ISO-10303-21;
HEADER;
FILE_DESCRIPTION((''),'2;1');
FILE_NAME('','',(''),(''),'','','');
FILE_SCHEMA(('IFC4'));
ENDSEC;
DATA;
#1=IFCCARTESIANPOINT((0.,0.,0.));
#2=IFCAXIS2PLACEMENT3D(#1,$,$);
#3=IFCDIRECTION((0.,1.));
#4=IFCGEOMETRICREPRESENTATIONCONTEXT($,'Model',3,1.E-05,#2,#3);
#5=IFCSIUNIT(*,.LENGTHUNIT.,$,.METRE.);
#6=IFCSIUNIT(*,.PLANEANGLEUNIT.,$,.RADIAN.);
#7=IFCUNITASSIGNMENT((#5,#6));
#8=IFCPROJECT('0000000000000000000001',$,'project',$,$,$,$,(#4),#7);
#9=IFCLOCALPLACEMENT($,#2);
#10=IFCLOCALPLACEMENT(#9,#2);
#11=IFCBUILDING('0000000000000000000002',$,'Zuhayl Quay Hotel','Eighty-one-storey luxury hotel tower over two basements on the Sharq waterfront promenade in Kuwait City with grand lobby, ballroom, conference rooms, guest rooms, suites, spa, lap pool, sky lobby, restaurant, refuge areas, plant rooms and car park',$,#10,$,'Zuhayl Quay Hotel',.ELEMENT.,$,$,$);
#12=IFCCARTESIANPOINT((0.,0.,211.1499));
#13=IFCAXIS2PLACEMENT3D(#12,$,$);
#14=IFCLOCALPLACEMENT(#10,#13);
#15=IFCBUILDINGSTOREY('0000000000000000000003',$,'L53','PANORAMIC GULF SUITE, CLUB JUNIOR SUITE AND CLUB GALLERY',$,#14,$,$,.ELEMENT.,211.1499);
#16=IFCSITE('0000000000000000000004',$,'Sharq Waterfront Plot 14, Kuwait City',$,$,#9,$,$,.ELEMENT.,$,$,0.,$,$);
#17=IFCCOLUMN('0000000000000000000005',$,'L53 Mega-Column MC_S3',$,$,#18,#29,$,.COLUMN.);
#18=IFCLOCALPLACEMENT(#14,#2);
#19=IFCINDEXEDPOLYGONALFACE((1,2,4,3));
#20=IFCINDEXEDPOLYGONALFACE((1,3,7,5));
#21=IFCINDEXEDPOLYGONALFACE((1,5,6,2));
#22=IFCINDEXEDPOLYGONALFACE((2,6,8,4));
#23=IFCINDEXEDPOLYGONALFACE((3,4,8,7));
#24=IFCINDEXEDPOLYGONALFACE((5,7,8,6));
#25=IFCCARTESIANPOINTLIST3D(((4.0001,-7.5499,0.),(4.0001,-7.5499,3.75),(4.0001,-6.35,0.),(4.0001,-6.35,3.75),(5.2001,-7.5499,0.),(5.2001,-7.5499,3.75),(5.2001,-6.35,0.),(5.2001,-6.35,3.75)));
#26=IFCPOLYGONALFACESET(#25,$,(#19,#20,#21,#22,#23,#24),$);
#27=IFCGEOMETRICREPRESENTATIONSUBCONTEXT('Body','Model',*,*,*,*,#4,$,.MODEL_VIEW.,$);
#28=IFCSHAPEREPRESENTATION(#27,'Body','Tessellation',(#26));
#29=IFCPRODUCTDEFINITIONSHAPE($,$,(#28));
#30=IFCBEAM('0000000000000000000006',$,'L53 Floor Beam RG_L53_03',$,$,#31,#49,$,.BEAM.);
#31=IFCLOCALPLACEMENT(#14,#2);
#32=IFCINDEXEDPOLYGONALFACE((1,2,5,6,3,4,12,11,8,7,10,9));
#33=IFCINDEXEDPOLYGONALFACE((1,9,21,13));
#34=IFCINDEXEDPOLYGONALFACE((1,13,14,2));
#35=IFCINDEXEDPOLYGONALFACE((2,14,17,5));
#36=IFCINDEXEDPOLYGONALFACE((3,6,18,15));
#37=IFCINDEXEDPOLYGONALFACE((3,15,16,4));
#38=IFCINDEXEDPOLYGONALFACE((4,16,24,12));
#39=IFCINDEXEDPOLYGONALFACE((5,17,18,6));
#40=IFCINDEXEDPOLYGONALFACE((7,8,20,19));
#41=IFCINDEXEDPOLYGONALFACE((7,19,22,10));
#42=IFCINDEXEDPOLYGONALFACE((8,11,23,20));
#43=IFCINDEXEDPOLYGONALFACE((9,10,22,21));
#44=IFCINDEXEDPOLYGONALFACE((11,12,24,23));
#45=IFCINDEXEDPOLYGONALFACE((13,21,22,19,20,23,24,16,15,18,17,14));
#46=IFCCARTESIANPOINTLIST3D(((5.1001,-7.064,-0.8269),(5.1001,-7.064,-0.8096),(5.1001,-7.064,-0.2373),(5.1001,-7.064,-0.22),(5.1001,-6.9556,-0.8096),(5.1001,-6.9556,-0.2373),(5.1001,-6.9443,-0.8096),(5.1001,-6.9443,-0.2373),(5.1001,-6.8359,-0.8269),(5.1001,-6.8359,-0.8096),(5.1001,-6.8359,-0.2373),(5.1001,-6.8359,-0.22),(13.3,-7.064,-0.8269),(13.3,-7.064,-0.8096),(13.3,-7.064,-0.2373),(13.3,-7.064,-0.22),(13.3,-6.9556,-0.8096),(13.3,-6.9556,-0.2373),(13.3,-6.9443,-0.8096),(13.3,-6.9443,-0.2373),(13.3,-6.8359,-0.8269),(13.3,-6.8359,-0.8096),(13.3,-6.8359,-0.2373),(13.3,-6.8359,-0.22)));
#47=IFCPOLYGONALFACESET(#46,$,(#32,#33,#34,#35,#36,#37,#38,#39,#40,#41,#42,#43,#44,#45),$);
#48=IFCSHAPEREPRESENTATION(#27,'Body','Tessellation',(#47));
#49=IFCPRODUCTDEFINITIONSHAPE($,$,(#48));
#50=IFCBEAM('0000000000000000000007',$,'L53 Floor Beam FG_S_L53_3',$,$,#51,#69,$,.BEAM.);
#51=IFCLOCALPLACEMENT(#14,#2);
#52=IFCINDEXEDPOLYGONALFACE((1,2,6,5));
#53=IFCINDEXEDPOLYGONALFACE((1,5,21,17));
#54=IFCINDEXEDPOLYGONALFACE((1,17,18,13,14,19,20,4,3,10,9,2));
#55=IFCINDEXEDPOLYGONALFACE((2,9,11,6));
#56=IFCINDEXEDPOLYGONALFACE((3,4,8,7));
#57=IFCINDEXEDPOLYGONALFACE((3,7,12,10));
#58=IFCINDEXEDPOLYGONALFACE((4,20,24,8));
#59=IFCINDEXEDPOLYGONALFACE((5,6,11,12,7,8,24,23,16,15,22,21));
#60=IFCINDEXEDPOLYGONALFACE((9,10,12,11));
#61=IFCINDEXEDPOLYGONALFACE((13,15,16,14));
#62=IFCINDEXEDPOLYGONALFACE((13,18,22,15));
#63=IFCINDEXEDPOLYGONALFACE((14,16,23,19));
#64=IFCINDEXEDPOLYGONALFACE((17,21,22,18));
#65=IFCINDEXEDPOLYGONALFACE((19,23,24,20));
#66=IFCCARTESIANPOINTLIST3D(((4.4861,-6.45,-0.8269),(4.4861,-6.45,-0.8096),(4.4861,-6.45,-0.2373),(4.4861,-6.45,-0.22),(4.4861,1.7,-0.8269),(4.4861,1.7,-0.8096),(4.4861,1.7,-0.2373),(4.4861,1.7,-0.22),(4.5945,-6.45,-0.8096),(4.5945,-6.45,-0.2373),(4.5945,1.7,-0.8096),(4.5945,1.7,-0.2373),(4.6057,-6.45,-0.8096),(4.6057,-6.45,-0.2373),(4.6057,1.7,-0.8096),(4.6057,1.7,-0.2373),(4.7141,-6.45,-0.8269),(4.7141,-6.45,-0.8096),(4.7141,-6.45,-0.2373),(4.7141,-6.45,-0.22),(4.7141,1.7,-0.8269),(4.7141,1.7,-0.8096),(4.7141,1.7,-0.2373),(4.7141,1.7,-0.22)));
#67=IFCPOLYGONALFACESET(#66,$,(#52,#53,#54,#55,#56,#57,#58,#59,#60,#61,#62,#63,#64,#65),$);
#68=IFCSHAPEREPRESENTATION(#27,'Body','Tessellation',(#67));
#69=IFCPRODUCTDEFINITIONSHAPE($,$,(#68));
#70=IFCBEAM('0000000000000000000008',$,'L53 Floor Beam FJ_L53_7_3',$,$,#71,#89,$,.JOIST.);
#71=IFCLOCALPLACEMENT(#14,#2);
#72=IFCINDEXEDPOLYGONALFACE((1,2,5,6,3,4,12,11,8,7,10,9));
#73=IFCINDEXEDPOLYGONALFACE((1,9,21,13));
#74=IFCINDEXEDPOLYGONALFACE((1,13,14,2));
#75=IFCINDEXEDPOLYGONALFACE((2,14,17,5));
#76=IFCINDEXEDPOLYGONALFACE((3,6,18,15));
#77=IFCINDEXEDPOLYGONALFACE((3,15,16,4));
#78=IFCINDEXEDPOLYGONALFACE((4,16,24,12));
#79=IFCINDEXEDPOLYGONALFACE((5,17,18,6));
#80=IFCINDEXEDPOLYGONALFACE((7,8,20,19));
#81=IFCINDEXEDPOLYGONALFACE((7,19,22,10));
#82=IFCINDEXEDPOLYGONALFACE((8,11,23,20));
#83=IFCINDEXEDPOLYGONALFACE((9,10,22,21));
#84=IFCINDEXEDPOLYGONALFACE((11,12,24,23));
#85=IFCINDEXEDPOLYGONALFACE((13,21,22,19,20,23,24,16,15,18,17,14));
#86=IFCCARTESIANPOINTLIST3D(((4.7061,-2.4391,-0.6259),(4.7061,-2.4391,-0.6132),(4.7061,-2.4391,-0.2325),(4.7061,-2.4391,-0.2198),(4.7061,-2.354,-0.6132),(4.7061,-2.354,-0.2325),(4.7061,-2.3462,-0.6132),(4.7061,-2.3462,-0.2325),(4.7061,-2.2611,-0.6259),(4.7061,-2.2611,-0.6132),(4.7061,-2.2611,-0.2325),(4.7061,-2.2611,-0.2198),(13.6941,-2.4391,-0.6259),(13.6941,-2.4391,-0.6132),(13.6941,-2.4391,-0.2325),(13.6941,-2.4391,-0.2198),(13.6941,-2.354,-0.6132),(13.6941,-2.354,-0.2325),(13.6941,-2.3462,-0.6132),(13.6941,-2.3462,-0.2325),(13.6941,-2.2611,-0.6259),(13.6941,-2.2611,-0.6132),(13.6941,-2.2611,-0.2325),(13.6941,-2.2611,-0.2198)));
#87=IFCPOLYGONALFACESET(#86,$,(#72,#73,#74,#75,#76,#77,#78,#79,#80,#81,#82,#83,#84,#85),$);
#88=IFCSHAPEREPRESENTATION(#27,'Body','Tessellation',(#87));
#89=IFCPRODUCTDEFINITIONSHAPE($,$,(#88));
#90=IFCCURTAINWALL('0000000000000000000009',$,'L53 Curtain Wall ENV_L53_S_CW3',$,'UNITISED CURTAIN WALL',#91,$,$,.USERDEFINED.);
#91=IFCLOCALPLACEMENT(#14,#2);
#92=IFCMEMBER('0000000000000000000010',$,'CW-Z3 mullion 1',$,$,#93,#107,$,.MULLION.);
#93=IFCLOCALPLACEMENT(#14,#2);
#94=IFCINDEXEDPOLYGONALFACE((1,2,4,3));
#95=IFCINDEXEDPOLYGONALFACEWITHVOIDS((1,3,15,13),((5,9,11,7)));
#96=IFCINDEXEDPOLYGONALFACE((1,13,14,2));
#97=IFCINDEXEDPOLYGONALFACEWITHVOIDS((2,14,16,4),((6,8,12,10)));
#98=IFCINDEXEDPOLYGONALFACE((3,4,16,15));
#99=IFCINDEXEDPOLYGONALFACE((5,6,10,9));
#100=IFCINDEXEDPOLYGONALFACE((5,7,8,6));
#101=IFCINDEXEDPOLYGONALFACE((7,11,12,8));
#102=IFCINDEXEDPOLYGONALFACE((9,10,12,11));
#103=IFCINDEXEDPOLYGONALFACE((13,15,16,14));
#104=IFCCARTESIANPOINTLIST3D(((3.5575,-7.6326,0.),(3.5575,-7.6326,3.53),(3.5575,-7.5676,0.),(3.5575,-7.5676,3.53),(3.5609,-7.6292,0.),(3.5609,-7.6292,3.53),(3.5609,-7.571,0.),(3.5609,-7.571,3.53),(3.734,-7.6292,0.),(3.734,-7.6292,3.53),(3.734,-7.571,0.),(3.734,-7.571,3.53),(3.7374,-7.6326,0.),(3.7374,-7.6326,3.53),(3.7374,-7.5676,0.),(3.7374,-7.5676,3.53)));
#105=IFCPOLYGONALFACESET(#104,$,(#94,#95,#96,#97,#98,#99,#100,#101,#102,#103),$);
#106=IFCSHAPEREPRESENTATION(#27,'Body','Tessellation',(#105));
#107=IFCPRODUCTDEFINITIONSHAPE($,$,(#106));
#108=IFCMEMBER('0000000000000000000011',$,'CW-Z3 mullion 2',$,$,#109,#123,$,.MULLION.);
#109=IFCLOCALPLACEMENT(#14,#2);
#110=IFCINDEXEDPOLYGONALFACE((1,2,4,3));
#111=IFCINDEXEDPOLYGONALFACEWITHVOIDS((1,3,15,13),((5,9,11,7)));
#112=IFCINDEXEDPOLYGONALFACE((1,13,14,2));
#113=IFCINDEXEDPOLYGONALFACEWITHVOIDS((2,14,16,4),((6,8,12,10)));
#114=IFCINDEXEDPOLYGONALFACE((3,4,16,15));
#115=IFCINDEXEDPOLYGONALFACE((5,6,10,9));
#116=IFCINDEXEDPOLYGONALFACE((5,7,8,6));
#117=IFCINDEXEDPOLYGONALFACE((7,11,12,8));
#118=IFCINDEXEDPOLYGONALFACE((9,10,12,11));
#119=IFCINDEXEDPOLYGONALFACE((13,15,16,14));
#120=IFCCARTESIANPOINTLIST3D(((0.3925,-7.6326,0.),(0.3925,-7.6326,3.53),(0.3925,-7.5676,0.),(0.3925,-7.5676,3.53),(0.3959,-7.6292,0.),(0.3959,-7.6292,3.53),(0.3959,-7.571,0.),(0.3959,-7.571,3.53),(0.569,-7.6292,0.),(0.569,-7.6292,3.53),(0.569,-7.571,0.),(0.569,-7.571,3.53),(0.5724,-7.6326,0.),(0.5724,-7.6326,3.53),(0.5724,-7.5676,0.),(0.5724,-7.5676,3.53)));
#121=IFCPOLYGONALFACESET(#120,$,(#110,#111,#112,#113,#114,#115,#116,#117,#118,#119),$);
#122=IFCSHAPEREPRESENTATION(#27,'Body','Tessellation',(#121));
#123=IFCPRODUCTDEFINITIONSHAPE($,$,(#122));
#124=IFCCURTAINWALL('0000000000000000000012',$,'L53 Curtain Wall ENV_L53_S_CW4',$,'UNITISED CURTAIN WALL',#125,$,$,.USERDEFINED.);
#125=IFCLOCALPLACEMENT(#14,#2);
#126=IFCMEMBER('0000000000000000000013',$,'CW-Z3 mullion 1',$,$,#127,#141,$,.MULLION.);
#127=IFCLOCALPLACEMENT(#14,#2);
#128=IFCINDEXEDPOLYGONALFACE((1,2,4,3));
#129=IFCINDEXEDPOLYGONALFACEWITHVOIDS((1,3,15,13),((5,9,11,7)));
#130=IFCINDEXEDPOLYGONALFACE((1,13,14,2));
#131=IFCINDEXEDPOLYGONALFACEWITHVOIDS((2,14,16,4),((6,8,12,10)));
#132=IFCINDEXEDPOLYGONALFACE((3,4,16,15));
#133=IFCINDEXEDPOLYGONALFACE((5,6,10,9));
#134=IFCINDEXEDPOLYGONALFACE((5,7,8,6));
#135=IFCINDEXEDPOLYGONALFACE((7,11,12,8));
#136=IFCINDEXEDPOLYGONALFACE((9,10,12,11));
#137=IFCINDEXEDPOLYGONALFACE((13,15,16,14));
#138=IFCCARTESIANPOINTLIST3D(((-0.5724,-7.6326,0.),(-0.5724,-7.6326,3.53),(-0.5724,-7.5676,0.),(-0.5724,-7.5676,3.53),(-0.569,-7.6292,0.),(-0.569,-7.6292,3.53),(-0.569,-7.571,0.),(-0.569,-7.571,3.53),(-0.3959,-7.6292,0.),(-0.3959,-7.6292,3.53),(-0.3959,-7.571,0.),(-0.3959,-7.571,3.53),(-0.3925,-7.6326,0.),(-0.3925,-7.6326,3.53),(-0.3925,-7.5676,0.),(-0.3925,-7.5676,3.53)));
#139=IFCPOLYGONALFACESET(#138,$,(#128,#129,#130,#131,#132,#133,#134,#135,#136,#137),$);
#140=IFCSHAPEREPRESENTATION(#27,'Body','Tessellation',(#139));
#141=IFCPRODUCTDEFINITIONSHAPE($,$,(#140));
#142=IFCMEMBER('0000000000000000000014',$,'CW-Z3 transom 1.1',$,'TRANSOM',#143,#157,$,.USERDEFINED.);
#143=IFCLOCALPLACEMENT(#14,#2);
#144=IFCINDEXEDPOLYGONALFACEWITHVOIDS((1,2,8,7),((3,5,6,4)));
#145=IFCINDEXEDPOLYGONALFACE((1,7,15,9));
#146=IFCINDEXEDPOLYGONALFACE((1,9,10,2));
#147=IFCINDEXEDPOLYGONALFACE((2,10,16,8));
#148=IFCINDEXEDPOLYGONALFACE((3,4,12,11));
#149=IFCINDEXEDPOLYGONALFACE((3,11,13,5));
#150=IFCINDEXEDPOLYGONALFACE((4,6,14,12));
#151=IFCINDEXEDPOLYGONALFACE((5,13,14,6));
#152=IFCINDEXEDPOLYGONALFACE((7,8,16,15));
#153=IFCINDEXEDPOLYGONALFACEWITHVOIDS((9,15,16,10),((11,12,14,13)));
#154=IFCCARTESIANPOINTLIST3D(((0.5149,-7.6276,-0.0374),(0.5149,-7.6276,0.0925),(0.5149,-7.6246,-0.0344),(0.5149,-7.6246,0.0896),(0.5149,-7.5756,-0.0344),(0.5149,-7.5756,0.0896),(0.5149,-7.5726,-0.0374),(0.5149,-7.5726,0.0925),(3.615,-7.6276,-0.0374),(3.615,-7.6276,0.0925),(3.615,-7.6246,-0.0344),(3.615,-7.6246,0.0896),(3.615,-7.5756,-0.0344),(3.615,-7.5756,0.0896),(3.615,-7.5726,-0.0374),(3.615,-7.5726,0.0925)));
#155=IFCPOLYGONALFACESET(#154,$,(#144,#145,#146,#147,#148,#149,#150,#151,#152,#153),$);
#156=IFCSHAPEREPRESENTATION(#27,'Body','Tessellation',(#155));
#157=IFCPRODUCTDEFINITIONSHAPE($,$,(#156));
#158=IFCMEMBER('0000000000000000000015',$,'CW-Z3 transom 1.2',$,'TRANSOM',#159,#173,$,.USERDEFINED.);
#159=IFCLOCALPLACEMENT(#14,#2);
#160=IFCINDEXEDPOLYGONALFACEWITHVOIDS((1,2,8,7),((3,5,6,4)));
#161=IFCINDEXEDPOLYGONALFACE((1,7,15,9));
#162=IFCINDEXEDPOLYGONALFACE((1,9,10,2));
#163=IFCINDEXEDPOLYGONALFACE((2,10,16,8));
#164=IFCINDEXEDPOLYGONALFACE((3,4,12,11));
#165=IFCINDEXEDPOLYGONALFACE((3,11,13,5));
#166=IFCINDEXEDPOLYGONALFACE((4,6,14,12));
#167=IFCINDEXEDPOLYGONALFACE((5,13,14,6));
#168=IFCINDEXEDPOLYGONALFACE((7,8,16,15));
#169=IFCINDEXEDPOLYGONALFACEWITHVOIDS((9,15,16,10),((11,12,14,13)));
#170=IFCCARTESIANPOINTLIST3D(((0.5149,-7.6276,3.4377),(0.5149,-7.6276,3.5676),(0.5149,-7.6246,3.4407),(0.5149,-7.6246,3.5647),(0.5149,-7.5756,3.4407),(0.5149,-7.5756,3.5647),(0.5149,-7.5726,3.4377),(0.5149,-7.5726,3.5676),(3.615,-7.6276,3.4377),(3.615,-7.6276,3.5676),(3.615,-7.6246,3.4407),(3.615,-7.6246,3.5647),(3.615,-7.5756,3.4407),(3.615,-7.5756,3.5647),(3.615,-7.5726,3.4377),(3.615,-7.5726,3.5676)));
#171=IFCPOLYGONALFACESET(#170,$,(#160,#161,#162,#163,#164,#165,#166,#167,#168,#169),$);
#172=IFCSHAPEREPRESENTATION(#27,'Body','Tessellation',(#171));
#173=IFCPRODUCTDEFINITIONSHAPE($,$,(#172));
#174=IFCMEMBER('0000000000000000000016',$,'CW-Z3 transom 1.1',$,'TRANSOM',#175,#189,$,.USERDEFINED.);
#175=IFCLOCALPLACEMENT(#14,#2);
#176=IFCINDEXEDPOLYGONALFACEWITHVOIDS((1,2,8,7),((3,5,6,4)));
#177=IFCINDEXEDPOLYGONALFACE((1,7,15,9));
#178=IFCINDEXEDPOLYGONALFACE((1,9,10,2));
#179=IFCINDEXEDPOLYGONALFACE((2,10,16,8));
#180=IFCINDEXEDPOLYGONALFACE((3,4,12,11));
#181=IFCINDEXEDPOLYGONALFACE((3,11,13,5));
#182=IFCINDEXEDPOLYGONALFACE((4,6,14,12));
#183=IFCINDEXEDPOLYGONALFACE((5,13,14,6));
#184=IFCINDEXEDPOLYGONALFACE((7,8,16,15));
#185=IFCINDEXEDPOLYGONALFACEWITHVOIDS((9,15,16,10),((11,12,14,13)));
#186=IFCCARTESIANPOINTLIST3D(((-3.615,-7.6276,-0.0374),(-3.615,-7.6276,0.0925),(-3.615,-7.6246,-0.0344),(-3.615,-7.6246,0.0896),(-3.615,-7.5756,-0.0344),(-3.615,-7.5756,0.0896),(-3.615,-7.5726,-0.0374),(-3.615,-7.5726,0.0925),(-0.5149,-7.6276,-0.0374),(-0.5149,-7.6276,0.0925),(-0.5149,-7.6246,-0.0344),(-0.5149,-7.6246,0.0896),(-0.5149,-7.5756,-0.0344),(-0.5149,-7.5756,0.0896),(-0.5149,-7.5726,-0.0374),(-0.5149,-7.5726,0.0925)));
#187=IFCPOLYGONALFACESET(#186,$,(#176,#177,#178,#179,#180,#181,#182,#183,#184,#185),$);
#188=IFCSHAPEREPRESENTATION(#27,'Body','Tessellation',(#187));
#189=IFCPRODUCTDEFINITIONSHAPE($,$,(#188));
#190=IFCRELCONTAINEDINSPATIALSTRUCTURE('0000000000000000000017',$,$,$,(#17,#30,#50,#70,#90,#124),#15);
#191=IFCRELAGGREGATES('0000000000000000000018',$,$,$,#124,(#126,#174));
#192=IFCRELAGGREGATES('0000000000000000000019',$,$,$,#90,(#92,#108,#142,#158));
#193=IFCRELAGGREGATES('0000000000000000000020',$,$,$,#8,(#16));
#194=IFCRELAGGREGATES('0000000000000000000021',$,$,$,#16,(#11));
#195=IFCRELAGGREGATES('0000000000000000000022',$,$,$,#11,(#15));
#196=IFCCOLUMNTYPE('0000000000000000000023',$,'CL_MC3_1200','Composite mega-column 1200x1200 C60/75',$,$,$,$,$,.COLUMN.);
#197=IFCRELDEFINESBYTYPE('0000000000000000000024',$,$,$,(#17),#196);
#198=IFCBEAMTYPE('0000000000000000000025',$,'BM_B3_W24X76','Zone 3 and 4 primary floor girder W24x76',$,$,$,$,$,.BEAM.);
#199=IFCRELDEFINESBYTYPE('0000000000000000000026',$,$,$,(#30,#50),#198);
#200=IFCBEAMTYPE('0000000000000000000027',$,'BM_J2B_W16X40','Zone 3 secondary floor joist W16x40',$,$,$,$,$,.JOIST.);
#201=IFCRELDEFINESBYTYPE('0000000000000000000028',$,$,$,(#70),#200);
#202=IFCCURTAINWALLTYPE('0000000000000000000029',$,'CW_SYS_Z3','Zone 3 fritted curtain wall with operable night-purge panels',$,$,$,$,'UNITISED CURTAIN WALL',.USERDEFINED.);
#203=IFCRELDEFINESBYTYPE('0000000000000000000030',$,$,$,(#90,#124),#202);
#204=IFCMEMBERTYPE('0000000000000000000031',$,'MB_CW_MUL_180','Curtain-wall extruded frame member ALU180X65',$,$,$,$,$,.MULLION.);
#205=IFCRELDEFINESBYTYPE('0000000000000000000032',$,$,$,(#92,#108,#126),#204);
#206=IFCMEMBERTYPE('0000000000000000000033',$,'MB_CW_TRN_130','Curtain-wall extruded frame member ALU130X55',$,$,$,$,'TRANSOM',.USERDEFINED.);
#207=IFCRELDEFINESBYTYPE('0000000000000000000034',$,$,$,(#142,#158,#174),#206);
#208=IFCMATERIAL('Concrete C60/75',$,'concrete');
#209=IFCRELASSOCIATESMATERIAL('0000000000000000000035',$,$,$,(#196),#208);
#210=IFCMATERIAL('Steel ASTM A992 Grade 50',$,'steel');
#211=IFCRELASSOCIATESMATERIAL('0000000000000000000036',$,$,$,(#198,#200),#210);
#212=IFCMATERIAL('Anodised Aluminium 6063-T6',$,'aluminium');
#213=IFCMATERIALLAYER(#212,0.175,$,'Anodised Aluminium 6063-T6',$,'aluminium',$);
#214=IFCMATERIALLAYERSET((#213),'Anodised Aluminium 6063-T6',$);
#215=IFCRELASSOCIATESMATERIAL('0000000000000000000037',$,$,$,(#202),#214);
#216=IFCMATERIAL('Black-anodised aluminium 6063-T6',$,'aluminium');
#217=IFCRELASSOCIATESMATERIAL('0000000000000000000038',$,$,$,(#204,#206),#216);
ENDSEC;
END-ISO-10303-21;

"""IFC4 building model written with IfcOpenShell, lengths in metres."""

from ifc_helpers import new_model, si_unit, direction, frame, origin, origin_2d, place, context, subcontext, project, spatial, rectangle, hollow_rectangle, i_section, extrude, material, layer, layer_set, material_profile, profile_set, type_object, element, aggregate, save


model = new_model("IFC4")

# Units and contexts
model_context = context("Model", 3, precision=1e-05, world=origin(), true_north=direction((0.0, 1.0)))
body_context = subcontext(model_context, "Body", "Model", "MODEL_VIEW")
ifc_project = project(units=[si_unit("LENGTHUNIT", "METRE"), si_unit("PLANEANGLEUNIT", "RADIAN")], contexts=[model_context])

# Site, building, storey
site_placement = place(None, origin())
site = spatial("IfcSite", under=ifc_project, at=site_placement, Name="Sharq Waterfront Plot 14, Kuwait City", CompositionType="ELEMENT", RefElevation=0.0)
building_placement = place(site_placement, origin())
building = spatial("IfcBuilding", under=site, at=building_placement, Name="Zuhayl Quay Hotel", Description="Eighty-one-storey luxury hotel tower over two basements on the Sharq waterfront promenade in Kuwait City with grand lobby, ballroom, conference rooms, guest rooms, suites, spa, lap pool, sky lobby, restaurant, refuge areas, plant rooms and car park", LongName="Zuhayl Quay Hotel", CompositionType="ELEMENT")
storey_placement = place(building_placement, frame((0.0, 0.0, 211.1499)))
storey = spatial("IfcBuildingStorey", under=building, at=storey_placement, Name="L53", Description="PANORAMIC GULF SUITE, CLUB JUNIOR SUITE AND CLUB GALLERY", CompositionType="ELEMENT", Elevation=211.1499)

# Column
ifc_material_1 = material(Name="Concrete C60/75", Category="concrete")
ifc_material_profile_1 = material_profile(ifc_material_1, rectangle(XDim=1.2, YDim=1.2, at=origin_2d()), Name="RC1200X1200")
ifc_profile_set_1 = profile_set([ifc_material_profile_1], Name="Concrete C60/75")
column_type = type_object("IfcColumnType", Name="CL_MC3_1200", Description="Composite mega-column 1200x1200 C60/75", PredefinedType="COLUMN", material=ifc_profile_set_1)
column_placement = place(storey_placement, frame((4.6001, -6.95, 0.0), z_axis=(0.0, 0.0, 1.0), x_axis=(1.0, 0.0, 0.0)))
element("IfcColumn", 1, at=column_placement, inside=storey, type_object=column_type, Name="L53 Mega-Column MC_S3", PredefinedType="COLUMN", context=body_context, shape_type="SweptSolid", body=[
    extrude(rectangle(XDim=1.2, YDim=1.2, at=origin_2d()), origin(), (0.0, 0.0, 1.0), 3.75),
])

# Beams
ifc_material_2 = material(Name="Steel ASTM A992 Grade 50", Category="steel")
ifc_material_profile_2 = material_profile(ifc_material_2, i_section(OverallWidth=0.228, OverallDepth=0.6069, WebThickness=0.0112, FlangeThickness=0.0173, at=origin_2d()), Name="W24X76")
ifc_profile_set_2 = profile_set([ifc_material_profile_2], Name="Steel ASTM A992 Grade 50")
beam_type_1 = type_object("IfcBeamType", Name="BM_B3_W24X76", Description="Zone 3 and 4 primary floor girder W24x76", PredefinedType="BEAM", material=ifc_profile_set_2)
beam_1_placement = place(storey_placement, frame((5.1001, -6.95, -0.5234), z_axis=(1.0, 0.0, 0.0), x_axis=(0.0, 1.0, 0.0)))
element("IfcBeam", 2, at=beam_1_placement, inside=storey, type_object=beam_type_1, Name="L53 Floor Beam RG_L53_03", PredefinedType="BEAM", context=body_context, shape_type="SweptSolid", body=[
    extrude(i_section(OverallWidth=0.228, OverallDepth=0.6069, WebThickness=0.0112, FlangeThickness=0.0173, at=origin_2d()), origin(), (0.0, 0.0, 1.0), 8.2),
])
beam_2_placement = place(storey_placement, frame((4.6001, -6.45, -0.5234), z_axis=(0.0, 1.0, 0.0), x_axis=(-1.0, 0.0, 0.0)))
element("IfcBeam", 3, at=beam_2_placement, inside=storey, type_object=beam_type_1, Name="L53 Floor Beam FG_S_L53_3", PredefinedType="BEAM", context=body_context, shape_type="SweptSolid", body=[
    extrude(i_section(OverallWidth=0.228, OverallDepth=0.6069, WebThickness=0.0112, FlangeThickness=0.0173, at=origin_2d()), origin(), (0.0, 0.0, 1.0), 8.1499),
])
ifc_material_profile_3 = material_profile(ifc_material_2, i_section(OverallWidth=0.178, OverallDepth=0.406, WebThickness=0.0078, FlangeThickness=0.0127, at=origin_2d()), Name="W16X40")
ifc_profile_set_3 = profile_set([ifc_material_profile_3], Name="Steel ASTM A992 Grade 50")
beam_type_2 = type_object("IfcBeamType", Name="BM_J2B_W16X40", Description="Zone 3 secondary floor joist W16x40", PredefinedType="JOIST", material=ifc_profile_set_3)
beam_3_placement = place(storey_placement, frame((4.7061, -2.3501, -0.4229), z_axis=(1.0, 0.0, 0.0), x_axis=(0.0, 1.0, 0.0)))
element("IfcBeam", 4, at=beam_3_placement, inside=storey, type_object=beam_type_2, Name="L53 Floor Beam FJ_L53_7_3", PredefinedType="JOIST", context=body_context, shape_type="SweptSolid", body=[
    extrude(i_section(OverallWidth=0.178, OverallDepth=0.406, WebThickness=0.0078, FlangeThickness=0.0127, at=origin_2d()), origin(), (0.0, 0.0, 1.0), 8.988),
])

# Curtain wall, members
ifc_material_3 = material(Name="Anodised Aluminium 6063-T6", Category="aluminium")
ifc_layer_1 = layer(ifc_material_3, 0.175, Name="Anodised Aluminium 6063-T6", Category="aluminium")
ifc_layer_set_1 = layer_set([ifc_layer_1], Name="Anodised Aluminium 6063-T6")
curtain_wall_type = type_object("IfcCurtainWallType", Name="CW_SYS_Z3", Description="Zone 3 fritted curtain wall with operable night-purge panels", ElementType="UNITISED CURTAIN WALL", PredefinedType="USERDEFINED", material=ifc_layer_set_1)
curtain_wall_1_placement = place(storey_placement, origin())
curtain_wall_1 = element("IfcCurtainWall", 5, at=curtain_wall_1_placement, inside=storey, type_object=curtain_wall_type, Name="L53 Curtain Wall ENV_L53_S_CW3", ObjectType="UNITISED CURTAIN WALL", PredefinedType="USERDEFINED")
ifc_material_4 = material(Name="Black-anodised aluminium 6063-T6", Category="aluminium")
ifc_material_profile_4 = material_profile(ifc_material_4, hollow_rectangle(XDim=0.0649, YDim=0.1799, WallThickness=0.0034, at=origin_2d()), Name="ALU180X65")
ifc_profile_set_4 = profile_set([ifc_material_profile_4], Name="Black-anodised aluminium 6063-T6")
member_type_1 = type_object("IfcMemberType", Name="MB_CW_MUL_180", Description="Curtain-wall extruded frame member ALU180X65", PredefinedType="MULLION", material=ifc_profile_set_4)
member_1_placement = place(storey_placement, frame((3.6475, -7.6001, 0.0), z_axis=(0.0, 0.0, 1.0), x_axis=(0.0, -1.0, 0.0)))
member_1 = element("IfcMember", 6, at=member_1_placement, type_object=member_type_1, Name="CW-Z3 mullion 1", PredefinedType="MULLION", context=body_context, shape_type="SweptSolid", body=[
    extrude(hollow_rectangle(XDim=0.0649, YDim=0.1799, WallThickness=0.0034, at=origin_2d()), origin(), (0.0, 0.0, 1.0), 3.53),
])
member_2_placement = place(storey_placement, frame((0.4824, -7.6001, 0.0), z_axis=(0.0, 0.0, 1.0), x_axis=(0.0, -1.0, 0.0)))
member_2 = element("IfcMember", 7, at=member_2_placement, type_object=member_type_1, Name="CW-Z3 mullion 2", PredefinedType="MULLION", context=body_context, shape_type="SweptSolid", body=[
    extrude(hollow_rectangle(XDim=0.0649, YDim=0.1799, WallThickness=0.0034, at=origin_2d()), origin(), (0.0, 0.0, 1.0), 3.53),
])

# Curtain wall, member
curtain_wall_2_placement = place(storey_placement, origin())
curtain_wall_2 = element("IfcCurtainWall", 8, at=curtain_wall_2_placement, inside=storey, type_object=curtain_wall_type, Name="L53 Curtain Wall ENV_L53_S_CW4", ObjectType="UNITISED CURTAIN WALL", PredefinedType="USERDEFINED")
member_3_placement = place(storey_placement, frame((-0.4824, -7.6001, 0.0), z_axis=(0.0, 0.0, 1.0), x_axis=(0.0, -1.0, 0.0)))
member_3 = element("IfcMember", 9, at=member_3_placement, type_object=member_type_1, Name="CW-Z3 mullion 1", PredefinedType="MULLION", context=body_context, shape_type="SweptSolid", body=[
    extrude(hollow_rectangle(XDim=0.0649, YDim=0.1799, WallThickness=0.0034, at=origin_2d()), origin(), (0.0, 0.0, 1.0), 3.53),
])

# Members
ifc_material_profile_5 = material_profile(ifc_material_4, hollow_rectangle(XDim=0.0549, YDim=0.1299, WallThickness=0.0029, at=origin_2d()), Name="ALU130X55")
ifc_profile_set_5 = profile_set([ifc_material_profile_5], Name="Black-anodised aluminium 6063-T6")
member_type_2 = type_object("IfcMemberType", Name="MB_CW_TRN_130", Description="Curtain-wall extruded frame member ALU130X55", ElementType="TRANSOM", PredefinedType="USERDEFINED", material=ifc_profile_set_5)
member_4_placement = place(storey_placement, frame((3.615, -7.6001, 0.0276), z_axis=(-1.0, 0.0, 0.0), x_axis=(0.0, -1.0, 0.0)))
member_4 = element("IfcMember", 10, at=member_4_placement, type_object=member_type_2, Name="CW-Z3 transom 1.1", ObjectType="TRANSOM", PredefinedType="USERDEFINED", context=body_context, shape_type="SweptSolid", body=[
    extrude(hollow_rectangle(XDim=0.0549, YDim=0.1299, WallThickness=0.0029, at=origin_2d()), origin(), (0.0, 0.0, 1.0), 3.1001),
])
member_5_placement = place(storey_placement, frame((3.615, -7.6001, 3.5027), z_axis=(-1.0, 0.0, 0.0), x_axis=(0.0, -1.0, 0.0)))
member_5 = element("IfcMember", 11, at=member_5_placement, type_object=member_type_2, Name="CW-Z3 transom 1.2", ObjectType="TRANSOM", PredefinedType="USERDEFINED", context=body_context, shape_type="SweptSolid", body=[
    extrude(hollow_rectangle(XDim=0.0549, YDim=0.1299, WallThickness=0.0029, at=origin_2d()), origin(), (0.0, 0.0, 1.0), 3.1001),
])
member_6_placement = place(storey_placement, frame((-0.5149, -7.6001, 0.0276), z_axis=(-1.0, 0.0, 0.0), x_axis=(0.0, -1.0, 0.0)))
member_6 = element("IfcMember", 12, at=member_6_placement, type_object=member_type_2, Name="CW-Z3 transom 1.1", ObjectType="TRANSOM", PredefinedType="USERDEFINED", context=body_context, shape_type="SweptSolid", body=[
    extrude(hollow_rectangle(XDim=0.0549, YDim=0.1299, WallThickness=0.0029, at=origin_2d()), origin(), (0.0, 0.0, 1.0), 3.1001),
])
aggregate(curtain_wall_2, [member_3, member_6])

aggregate(curtain_wall_1, [member_1, member_2, member_4, member_5])

save(model, "model.ifc")
